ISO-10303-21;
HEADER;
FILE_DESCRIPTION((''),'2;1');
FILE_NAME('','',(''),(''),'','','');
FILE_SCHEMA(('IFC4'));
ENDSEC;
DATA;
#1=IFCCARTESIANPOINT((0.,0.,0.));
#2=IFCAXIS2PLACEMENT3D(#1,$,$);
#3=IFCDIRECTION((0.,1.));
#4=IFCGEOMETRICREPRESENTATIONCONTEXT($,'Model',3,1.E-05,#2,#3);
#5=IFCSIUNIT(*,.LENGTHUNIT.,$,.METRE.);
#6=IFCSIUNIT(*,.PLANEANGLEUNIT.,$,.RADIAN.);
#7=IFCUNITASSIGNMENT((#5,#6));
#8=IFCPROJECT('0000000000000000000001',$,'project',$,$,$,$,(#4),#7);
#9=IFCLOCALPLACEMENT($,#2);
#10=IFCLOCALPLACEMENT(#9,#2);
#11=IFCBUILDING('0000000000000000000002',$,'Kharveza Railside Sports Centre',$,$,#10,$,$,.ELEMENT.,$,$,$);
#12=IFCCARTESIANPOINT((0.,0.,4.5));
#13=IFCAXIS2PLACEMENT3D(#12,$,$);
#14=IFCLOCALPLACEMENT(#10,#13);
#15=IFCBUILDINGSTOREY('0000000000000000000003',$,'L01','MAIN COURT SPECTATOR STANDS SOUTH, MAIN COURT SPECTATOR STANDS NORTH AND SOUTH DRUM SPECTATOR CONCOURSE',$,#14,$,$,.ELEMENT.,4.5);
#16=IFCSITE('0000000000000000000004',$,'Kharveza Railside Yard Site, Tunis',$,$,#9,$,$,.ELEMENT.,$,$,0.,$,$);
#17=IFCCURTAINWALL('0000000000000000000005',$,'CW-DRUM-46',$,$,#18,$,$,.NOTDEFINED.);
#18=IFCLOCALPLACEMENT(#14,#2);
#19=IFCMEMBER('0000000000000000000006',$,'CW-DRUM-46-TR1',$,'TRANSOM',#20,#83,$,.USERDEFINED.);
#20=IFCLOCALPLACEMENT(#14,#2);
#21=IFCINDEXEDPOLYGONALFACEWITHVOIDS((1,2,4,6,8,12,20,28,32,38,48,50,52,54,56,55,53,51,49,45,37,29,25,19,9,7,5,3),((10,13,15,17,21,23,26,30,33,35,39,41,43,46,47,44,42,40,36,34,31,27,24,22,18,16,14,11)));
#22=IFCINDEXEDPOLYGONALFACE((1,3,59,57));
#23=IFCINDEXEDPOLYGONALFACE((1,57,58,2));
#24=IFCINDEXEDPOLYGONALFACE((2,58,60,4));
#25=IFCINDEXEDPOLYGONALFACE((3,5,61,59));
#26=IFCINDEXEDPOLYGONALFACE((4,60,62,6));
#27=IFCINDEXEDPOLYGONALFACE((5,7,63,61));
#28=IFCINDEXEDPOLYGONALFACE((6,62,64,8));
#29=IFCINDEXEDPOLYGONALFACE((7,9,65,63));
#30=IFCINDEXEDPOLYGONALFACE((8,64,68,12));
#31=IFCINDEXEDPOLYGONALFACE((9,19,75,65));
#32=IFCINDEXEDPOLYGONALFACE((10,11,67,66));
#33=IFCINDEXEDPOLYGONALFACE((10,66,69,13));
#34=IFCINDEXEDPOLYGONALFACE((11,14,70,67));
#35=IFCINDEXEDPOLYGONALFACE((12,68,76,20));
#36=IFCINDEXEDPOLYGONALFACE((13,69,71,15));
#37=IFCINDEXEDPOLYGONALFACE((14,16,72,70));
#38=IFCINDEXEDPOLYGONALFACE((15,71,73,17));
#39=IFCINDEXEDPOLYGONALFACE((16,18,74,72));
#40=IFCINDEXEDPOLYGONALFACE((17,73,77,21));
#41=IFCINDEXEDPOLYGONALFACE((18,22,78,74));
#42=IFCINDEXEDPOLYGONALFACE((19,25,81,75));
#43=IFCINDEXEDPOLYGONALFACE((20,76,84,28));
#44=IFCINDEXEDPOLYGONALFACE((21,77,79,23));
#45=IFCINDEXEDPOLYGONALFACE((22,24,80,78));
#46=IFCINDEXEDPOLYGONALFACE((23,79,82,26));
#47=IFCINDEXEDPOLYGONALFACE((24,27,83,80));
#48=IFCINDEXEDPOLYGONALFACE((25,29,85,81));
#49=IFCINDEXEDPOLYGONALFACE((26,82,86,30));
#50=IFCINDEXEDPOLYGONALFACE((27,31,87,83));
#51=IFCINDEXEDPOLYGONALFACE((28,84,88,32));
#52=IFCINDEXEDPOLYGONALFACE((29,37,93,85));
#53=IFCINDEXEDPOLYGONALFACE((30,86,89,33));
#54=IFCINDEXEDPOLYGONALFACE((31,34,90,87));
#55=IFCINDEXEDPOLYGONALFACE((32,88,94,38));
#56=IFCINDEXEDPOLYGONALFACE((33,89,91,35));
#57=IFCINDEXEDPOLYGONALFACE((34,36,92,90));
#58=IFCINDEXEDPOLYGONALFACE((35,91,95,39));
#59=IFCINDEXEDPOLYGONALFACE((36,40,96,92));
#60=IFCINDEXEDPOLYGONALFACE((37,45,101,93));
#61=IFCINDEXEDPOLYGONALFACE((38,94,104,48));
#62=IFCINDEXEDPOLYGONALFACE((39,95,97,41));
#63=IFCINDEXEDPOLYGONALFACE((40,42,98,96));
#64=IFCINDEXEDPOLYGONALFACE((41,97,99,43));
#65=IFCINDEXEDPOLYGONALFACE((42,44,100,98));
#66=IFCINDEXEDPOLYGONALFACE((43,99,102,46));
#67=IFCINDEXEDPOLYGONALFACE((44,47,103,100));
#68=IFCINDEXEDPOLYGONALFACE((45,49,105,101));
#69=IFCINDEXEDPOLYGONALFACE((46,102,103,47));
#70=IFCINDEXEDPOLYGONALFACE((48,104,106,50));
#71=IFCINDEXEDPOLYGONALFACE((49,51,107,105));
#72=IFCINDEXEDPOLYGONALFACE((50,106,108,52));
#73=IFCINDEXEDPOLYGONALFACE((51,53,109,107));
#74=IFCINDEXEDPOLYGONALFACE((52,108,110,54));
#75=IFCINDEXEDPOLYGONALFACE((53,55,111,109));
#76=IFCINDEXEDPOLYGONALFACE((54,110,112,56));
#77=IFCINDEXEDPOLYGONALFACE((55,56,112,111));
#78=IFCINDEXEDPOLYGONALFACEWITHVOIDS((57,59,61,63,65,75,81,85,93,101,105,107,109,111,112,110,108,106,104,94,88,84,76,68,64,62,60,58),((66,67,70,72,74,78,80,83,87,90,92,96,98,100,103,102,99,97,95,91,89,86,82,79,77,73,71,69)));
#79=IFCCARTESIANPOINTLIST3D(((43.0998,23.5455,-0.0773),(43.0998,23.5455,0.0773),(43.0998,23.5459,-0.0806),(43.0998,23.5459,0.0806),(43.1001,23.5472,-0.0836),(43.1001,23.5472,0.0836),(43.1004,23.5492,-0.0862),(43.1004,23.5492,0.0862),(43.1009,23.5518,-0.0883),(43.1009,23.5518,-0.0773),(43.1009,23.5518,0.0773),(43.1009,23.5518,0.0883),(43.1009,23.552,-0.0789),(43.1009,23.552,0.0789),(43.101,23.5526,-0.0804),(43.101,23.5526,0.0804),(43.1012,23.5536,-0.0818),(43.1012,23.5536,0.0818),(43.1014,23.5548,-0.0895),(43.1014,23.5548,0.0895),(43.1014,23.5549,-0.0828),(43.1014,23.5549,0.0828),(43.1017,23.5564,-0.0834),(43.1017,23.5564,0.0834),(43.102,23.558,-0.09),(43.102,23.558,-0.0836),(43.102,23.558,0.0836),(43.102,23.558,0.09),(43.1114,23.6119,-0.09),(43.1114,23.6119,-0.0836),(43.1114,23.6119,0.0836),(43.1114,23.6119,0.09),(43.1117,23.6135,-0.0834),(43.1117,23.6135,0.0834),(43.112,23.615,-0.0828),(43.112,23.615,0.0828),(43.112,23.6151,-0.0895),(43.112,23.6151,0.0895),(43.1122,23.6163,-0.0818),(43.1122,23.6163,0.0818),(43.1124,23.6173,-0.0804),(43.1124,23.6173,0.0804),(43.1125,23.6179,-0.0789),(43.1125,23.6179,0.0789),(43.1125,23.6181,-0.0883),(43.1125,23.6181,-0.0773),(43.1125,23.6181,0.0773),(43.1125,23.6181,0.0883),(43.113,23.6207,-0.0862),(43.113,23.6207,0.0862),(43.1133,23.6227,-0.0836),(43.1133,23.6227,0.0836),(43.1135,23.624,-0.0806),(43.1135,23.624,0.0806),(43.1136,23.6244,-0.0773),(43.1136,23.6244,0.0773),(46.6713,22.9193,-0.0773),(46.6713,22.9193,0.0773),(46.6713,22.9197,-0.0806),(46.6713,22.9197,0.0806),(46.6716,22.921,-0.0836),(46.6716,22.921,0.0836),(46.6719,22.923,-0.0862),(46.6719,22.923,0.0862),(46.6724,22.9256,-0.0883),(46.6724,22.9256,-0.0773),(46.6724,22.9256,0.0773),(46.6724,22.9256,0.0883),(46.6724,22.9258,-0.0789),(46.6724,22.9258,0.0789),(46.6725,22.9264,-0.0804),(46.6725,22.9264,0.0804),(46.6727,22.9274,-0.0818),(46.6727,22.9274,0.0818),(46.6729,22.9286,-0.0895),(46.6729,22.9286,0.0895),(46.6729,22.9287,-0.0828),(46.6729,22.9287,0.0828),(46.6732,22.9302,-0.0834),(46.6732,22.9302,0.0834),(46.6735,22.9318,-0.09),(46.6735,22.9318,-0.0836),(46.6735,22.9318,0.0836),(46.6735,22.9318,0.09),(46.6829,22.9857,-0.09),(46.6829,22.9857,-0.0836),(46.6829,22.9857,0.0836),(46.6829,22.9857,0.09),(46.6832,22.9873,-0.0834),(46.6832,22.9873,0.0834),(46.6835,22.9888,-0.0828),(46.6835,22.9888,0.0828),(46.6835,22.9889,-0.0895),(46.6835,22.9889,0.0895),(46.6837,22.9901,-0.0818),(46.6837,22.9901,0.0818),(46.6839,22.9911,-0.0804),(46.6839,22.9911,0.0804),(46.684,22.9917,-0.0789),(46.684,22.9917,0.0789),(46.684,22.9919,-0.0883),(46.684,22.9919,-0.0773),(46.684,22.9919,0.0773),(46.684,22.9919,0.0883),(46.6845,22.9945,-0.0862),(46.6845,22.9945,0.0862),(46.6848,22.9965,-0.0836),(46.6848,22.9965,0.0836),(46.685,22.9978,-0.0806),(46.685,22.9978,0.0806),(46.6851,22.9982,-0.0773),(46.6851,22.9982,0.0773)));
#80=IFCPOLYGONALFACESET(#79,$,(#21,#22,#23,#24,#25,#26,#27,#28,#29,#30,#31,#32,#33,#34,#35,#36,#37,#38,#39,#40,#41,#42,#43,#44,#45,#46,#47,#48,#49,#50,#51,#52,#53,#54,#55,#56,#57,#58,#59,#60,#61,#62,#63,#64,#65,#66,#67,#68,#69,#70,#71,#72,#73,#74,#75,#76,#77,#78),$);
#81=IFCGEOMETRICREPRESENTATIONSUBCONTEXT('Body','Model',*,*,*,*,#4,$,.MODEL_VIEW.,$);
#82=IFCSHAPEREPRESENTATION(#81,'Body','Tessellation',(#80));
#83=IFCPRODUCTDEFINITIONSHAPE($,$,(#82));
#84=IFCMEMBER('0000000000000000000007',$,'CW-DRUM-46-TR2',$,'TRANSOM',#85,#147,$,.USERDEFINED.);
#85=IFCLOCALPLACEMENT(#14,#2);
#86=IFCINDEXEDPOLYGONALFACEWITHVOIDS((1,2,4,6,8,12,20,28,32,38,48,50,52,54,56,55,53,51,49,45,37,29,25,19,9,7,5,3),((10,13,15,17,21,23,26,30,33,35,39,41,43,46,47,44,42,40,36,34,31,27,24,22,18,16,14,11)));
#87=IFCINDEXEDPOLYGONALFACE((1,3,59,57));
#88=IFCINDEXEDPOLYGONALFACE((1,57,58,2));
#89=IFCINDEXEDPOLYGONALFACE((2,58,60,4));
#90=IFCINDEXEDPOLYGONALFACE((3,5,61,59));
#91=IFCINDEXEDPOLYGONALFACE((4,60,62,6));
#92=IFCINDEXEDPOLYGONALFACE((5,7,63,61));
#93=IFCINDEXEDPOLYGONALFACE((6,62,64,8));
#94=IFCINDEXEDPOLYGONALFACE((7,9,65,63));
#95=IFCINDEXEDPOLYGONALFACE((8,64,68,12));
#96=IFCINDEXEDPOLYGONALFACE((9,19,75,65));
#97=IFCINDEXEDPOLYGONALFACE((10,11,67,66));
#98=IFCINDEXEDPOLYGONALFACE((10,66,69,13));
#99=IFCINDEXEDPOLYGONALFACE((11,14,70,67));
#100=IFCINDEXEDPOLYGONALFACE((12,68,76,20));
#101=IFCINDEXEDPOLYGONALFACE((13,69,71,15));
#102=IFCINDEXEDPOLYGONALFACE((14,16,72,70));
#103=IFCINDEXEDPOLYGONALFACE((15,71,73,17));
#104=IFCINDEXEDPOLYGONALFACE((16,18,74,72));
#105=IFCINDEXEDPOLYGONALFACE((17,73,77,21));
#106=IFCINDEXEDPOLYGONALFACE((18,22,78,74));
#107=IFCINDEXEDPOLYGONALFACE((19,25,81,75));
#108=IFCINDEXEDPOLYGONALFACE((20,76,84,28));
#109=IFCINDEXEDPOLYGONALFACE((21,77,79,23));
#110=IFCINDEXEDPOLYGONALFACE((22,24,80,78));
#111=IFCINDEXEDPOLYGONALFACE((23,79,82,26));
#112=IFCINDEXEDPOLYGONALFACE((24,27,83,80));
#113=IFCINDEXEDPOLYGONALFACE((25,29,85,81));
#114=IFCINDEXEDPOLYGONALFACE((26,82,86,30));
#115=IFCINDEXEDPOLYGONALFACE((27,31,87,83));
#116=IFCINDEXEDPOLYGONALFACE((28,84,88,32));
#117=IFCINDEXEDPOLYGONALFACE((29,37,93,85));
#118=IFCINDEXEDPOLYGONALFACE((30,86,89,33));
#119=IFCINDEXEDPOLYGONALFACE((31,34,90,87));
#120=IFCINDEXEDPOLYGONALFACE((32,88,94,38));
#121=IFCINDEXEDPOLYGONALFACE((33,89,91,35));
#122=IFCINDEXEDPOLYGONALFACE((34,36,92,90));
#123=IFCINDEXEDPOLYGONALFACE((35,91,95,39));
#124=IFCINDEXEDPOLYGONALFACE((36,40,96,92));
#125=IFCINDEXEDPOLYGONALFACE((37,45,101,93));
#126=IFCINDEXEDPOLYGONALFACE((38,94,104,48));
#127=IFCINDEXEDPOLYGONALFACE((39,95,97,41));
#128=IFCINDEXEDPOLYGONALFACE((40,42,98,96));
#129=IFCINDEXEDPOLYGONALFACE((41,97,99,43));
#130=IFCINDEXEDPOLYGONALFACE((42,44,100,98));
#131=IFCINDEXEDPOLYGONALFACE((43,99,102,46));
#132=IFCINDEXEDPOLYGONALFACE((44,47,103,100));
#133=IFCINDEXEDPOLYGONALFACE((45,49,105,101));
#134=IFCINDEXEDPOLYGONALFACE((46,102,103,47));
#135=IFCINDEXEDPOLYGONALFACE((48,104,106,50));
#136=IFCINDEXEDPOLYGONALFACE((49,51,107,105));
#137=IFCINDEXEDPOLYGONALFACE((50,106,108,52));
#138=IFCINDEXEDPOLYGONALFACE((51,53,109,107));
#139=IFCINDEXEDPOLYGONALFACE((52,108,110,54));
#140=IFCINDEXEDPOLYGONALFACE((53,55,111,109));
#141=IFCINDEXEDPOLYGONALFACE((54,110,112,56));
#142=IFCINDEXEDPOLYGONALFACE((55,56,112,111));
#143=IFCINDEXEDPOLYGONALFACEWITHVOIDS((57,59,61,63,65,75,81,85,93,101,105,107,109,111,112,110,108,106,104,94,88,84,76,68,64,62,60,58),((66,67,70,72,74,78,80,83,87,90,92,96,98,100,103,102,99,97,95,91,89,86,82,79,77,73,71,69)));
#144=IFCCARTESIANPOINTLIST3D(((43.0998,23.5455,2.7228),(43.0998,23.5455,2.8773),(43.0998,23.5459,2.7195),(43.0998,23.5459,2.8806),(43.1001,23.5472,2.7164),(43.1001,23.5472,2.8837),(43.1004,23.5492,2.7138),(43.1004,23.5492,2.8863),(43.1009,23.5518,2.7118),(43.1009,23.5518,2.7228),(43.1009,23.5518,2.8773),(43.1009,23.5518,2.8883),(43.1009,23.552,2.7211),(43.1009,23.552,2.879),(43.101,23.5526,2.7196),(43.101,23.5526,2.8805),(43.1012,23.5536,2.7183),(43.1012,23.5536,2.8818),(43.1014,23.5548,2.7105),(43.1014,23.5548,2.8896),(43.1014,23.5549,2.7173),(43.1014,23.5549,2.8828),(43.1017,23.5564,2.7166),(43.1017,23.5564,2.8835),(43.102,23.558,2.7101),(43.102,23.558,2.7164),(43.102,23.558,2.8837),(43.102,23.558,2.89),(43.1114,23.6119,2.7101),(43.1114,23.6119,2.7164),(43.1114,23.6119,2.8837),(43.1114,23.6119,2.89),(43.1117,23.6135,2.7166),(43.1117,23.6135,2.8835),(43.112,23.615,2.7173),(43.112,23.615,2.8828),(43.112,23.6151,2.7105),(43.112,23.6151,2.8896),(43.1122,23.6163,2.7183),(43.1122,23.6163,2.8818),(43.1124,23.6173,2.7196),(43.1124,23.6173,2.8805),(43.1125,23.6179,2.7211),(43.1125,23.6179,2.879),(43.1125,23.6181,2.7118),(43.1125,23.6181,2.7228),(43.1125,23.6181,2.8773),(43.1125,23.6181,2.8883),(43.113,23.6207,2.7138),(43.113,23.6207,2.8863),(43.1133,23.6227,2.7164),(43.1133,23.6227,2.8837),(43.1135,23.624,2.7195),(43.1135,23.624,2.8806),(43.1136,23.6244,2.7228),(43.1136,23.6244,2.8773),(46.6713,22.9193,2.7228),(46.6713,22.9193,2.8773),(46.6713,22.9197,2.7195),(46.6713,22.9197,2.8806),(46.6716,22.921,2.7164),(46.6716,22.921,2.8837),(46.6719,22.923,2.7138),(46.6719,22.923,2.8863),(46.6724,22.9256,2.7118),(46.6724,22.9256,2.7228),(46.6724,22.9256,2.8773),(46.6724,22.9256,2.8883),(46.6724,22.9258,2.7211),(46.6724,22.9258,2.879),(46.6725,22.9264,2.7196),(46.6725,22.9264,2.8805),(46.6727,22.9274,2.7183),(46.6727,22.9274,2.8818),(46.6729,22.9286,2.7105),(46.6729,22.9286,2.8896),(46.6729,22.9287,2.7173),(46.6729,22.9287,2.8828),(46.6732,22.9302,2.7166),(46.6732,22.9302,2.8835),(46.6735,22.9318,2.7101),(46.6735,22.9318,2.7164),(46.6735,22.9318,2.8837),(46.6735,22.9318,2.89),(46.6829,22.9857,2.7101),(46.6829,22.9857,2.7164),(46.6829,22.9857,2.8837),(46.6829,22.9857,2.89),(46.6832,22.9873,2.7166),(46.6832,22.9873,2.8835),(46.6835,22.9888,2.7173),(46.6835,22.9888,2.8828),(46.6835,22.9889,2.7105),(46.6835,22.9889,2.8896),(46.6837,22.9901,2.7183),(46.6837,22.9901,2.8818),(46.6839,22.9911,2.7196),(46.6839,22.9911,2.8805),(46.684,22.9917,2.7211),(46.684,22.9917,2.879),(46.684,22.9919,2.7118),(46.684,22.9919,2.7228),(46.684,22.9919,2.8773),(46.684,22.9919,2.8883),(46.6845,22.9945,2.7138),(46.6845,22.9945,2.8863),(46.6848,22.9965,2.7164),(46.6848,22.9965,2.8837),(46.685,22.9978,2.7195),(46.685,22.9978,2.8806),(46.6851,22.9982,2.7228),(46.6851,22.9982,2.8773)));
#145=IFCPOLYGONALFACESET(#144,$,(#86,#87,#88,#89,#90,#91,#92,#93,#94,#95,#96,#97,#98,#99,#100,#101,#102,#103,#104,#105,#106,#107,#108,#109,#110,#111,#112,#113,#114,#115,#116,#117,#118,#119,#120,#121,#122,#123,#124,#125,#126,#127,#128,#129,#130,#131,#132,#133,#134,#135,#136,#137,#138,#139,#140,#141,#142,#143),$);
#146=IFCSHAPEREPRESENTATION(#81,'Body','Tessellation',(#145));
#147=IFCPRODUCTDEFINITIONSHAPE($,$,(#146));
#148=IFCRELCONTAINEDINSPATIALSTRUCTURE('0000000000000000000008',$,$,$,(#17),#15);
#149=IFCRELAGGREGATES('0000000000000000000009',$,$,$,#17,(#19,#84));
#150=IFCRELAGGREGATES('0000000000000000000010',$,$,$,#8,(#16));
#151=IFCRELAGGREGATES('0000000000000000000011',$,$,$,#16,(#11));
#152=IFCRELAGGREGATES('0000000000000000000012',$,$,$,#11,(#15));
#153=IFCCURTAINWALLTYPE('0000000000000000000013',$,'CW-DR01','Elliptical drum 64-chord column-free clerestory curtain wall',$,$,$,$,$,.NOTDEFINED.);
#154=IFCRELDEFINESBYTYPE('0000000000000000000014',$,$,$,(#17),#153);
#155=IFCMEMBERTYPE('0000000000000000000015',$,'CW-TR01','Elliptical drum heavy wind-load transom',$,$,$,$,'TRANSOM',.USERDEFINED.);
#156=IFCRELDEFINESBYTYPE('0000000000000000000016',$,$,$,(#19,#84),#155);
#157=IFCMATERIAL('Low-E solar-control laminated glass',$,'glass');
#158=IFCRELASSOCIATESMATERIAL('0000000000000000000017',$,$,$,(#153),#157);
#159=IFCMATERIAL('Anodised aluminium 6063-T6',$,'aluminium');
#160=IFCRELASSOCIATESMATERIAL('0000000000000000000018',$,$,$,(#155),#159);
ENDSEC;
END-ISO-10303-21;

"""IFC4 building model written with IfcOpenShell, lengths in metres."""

from ifc_helpers import new_model, si_unit, direction, frame, origin, origin_2d, place, context, subcontext, project, spatial, hollow_rectangle, extrude, material, material_profile, profile_set, type_object, element, aggregate, save


model = new_model("IFC4")

# Units and contexts
model_context = context("Model", 3, precision=1e-05, world=origin(), true_north=direction((0.0, 1.0)))
body_context = subcontext(model_context, "Body", "Model", "MODEL_VIEW")
ifc_project = project(units=[si_unit("LENGTHUNIT", "METRE"), si_unit("PLANEANGLEUNIT", "RADIAN")], contexts=[model_context])

# Site, building, storey
site_placement = place(None, origin())
site = spatial("IfcSite", under=ifc_project, at=site_placement, Name="Kharveza Railside Yard Site, Tunis", CompositionType="ELEMENT", RefElevation=0.0)
building_placement = place(site_placement, origin())
building = spatial("IfcBuilding", under=site, at=building_placement, Name="Kharveza Railside Sports Centre", CompositionType="ELEMENT")
storey_placement = place(building_placement, frame((0.0, 0.0, 4.5)))
storey = spatial("IfcBuildingStorey", under=building, at=storey_placement, Name="L01", Description="MAIN COURT SPECTATOR STANDS SOUTH, MAIN COURT SPECTATOR STANDS NORTH AND SOUTH DRUM SPECTATOR CONCOURSE", CompositionType="ELEMENT", Elevation=4.5)

# Shared definitions
ifc_material_1 = material(Name="Low-E solar-control laminated glass", Category="glass")
curtain_wall_type = type_object("IfcCurtainWallType", Name="CW-DR01", Description="Elliptical drum 64-chord column-free clerestory curtain wall", PredefinedType="NOTDEFINED", material=ifc_material_1)
ifc_material_2 = material(Name="Anodised aluminium 6063-T6", Category="aluminium")

# Curtain wall
curtain_wall_1_placement = place(storey_placement, origin())
curtain_wall_1 = element("IfcCurtainWall", 1, at=curtain_wall_1_placement, inside=storey, type_object=curtain_wall_type, Name="CW-DRUM-46", PredefinedType="NOTDEFINED")

# Members
ifc_material_profile_1 = material_profile(ifc_material_2, hollow_rectangle(XDim=0.0801, YDim=0.1799, WallThickness=0.0063, InnerFilletRadius=0.0063, OuterFilletRadius=0.0127, at=origin_2d()), Name="RHS 80x180x6.3")
ifc_profile_set_1 = profile_set([ifc_material_profile_1], Name="Anodised aluminium 6063-T6")
member_type_1 = type_object("IfcMemberType", Name="CW-TR01", Description="Elliptical drum heavy wind-load transom", ElementType="TRANSOM", PredefinedType="USERDEFINED", material=ifc_profile_set_1)
member_1_placement = place(storey_placement, frame((43.1067, 23.585, 0.0), z_axis=(0.984974, -0.172702, 0.0), x_axis=(0.172702, 0.984974, 0.0)))
member_1 = element("IfcMember", 2, at=member_1_placement, type_object=member_type_1, Name="CW-DRUM-46-TR1", ObjectType="TRANSOM", PredefinedType="USERDEFINED", context=body_context, shape_type="SweptSolid", body=[
    extrude(hollow_rectangle(XDim=0.0801, YDim=0.1799, WallThickness=0.0063, InnerFilletRadius=0.0063, OuterFilletRadius=0.0127, at=origin_2d()), origin(), (0.0, 0.0, 1.0), 3.626),
])
member_2_placement = place(storey_placement, frame((43.1067, 23.585, 2.8), z_axis=(0.984974, -0.172702, 0.0), x_axis=(0.172702, 0.984974, 0.0)))
member_2 = element("IfcMember", 3, at=member_2_placement, type_object=member_type_1, Name="CW-DRUM-46-TR2", ObjectType="TRANSOM", PredefinedType="USERDEFINED", context=body_context, shape_type="SweptSolid", body=[
    extrude(hollow_rectangle(XDim=0.0801, YDim=0.1799, WallThickness=0.0063, InnerFilletRadius=0.0063, OuterFilletRadius=0.0127, at=origin_2d()), origin(), (0.0, 0.0, 1.0), 3.626),
])

aggregate(curtain_wall_1, [member_1, member_2])

save(model, "model.ifc")
